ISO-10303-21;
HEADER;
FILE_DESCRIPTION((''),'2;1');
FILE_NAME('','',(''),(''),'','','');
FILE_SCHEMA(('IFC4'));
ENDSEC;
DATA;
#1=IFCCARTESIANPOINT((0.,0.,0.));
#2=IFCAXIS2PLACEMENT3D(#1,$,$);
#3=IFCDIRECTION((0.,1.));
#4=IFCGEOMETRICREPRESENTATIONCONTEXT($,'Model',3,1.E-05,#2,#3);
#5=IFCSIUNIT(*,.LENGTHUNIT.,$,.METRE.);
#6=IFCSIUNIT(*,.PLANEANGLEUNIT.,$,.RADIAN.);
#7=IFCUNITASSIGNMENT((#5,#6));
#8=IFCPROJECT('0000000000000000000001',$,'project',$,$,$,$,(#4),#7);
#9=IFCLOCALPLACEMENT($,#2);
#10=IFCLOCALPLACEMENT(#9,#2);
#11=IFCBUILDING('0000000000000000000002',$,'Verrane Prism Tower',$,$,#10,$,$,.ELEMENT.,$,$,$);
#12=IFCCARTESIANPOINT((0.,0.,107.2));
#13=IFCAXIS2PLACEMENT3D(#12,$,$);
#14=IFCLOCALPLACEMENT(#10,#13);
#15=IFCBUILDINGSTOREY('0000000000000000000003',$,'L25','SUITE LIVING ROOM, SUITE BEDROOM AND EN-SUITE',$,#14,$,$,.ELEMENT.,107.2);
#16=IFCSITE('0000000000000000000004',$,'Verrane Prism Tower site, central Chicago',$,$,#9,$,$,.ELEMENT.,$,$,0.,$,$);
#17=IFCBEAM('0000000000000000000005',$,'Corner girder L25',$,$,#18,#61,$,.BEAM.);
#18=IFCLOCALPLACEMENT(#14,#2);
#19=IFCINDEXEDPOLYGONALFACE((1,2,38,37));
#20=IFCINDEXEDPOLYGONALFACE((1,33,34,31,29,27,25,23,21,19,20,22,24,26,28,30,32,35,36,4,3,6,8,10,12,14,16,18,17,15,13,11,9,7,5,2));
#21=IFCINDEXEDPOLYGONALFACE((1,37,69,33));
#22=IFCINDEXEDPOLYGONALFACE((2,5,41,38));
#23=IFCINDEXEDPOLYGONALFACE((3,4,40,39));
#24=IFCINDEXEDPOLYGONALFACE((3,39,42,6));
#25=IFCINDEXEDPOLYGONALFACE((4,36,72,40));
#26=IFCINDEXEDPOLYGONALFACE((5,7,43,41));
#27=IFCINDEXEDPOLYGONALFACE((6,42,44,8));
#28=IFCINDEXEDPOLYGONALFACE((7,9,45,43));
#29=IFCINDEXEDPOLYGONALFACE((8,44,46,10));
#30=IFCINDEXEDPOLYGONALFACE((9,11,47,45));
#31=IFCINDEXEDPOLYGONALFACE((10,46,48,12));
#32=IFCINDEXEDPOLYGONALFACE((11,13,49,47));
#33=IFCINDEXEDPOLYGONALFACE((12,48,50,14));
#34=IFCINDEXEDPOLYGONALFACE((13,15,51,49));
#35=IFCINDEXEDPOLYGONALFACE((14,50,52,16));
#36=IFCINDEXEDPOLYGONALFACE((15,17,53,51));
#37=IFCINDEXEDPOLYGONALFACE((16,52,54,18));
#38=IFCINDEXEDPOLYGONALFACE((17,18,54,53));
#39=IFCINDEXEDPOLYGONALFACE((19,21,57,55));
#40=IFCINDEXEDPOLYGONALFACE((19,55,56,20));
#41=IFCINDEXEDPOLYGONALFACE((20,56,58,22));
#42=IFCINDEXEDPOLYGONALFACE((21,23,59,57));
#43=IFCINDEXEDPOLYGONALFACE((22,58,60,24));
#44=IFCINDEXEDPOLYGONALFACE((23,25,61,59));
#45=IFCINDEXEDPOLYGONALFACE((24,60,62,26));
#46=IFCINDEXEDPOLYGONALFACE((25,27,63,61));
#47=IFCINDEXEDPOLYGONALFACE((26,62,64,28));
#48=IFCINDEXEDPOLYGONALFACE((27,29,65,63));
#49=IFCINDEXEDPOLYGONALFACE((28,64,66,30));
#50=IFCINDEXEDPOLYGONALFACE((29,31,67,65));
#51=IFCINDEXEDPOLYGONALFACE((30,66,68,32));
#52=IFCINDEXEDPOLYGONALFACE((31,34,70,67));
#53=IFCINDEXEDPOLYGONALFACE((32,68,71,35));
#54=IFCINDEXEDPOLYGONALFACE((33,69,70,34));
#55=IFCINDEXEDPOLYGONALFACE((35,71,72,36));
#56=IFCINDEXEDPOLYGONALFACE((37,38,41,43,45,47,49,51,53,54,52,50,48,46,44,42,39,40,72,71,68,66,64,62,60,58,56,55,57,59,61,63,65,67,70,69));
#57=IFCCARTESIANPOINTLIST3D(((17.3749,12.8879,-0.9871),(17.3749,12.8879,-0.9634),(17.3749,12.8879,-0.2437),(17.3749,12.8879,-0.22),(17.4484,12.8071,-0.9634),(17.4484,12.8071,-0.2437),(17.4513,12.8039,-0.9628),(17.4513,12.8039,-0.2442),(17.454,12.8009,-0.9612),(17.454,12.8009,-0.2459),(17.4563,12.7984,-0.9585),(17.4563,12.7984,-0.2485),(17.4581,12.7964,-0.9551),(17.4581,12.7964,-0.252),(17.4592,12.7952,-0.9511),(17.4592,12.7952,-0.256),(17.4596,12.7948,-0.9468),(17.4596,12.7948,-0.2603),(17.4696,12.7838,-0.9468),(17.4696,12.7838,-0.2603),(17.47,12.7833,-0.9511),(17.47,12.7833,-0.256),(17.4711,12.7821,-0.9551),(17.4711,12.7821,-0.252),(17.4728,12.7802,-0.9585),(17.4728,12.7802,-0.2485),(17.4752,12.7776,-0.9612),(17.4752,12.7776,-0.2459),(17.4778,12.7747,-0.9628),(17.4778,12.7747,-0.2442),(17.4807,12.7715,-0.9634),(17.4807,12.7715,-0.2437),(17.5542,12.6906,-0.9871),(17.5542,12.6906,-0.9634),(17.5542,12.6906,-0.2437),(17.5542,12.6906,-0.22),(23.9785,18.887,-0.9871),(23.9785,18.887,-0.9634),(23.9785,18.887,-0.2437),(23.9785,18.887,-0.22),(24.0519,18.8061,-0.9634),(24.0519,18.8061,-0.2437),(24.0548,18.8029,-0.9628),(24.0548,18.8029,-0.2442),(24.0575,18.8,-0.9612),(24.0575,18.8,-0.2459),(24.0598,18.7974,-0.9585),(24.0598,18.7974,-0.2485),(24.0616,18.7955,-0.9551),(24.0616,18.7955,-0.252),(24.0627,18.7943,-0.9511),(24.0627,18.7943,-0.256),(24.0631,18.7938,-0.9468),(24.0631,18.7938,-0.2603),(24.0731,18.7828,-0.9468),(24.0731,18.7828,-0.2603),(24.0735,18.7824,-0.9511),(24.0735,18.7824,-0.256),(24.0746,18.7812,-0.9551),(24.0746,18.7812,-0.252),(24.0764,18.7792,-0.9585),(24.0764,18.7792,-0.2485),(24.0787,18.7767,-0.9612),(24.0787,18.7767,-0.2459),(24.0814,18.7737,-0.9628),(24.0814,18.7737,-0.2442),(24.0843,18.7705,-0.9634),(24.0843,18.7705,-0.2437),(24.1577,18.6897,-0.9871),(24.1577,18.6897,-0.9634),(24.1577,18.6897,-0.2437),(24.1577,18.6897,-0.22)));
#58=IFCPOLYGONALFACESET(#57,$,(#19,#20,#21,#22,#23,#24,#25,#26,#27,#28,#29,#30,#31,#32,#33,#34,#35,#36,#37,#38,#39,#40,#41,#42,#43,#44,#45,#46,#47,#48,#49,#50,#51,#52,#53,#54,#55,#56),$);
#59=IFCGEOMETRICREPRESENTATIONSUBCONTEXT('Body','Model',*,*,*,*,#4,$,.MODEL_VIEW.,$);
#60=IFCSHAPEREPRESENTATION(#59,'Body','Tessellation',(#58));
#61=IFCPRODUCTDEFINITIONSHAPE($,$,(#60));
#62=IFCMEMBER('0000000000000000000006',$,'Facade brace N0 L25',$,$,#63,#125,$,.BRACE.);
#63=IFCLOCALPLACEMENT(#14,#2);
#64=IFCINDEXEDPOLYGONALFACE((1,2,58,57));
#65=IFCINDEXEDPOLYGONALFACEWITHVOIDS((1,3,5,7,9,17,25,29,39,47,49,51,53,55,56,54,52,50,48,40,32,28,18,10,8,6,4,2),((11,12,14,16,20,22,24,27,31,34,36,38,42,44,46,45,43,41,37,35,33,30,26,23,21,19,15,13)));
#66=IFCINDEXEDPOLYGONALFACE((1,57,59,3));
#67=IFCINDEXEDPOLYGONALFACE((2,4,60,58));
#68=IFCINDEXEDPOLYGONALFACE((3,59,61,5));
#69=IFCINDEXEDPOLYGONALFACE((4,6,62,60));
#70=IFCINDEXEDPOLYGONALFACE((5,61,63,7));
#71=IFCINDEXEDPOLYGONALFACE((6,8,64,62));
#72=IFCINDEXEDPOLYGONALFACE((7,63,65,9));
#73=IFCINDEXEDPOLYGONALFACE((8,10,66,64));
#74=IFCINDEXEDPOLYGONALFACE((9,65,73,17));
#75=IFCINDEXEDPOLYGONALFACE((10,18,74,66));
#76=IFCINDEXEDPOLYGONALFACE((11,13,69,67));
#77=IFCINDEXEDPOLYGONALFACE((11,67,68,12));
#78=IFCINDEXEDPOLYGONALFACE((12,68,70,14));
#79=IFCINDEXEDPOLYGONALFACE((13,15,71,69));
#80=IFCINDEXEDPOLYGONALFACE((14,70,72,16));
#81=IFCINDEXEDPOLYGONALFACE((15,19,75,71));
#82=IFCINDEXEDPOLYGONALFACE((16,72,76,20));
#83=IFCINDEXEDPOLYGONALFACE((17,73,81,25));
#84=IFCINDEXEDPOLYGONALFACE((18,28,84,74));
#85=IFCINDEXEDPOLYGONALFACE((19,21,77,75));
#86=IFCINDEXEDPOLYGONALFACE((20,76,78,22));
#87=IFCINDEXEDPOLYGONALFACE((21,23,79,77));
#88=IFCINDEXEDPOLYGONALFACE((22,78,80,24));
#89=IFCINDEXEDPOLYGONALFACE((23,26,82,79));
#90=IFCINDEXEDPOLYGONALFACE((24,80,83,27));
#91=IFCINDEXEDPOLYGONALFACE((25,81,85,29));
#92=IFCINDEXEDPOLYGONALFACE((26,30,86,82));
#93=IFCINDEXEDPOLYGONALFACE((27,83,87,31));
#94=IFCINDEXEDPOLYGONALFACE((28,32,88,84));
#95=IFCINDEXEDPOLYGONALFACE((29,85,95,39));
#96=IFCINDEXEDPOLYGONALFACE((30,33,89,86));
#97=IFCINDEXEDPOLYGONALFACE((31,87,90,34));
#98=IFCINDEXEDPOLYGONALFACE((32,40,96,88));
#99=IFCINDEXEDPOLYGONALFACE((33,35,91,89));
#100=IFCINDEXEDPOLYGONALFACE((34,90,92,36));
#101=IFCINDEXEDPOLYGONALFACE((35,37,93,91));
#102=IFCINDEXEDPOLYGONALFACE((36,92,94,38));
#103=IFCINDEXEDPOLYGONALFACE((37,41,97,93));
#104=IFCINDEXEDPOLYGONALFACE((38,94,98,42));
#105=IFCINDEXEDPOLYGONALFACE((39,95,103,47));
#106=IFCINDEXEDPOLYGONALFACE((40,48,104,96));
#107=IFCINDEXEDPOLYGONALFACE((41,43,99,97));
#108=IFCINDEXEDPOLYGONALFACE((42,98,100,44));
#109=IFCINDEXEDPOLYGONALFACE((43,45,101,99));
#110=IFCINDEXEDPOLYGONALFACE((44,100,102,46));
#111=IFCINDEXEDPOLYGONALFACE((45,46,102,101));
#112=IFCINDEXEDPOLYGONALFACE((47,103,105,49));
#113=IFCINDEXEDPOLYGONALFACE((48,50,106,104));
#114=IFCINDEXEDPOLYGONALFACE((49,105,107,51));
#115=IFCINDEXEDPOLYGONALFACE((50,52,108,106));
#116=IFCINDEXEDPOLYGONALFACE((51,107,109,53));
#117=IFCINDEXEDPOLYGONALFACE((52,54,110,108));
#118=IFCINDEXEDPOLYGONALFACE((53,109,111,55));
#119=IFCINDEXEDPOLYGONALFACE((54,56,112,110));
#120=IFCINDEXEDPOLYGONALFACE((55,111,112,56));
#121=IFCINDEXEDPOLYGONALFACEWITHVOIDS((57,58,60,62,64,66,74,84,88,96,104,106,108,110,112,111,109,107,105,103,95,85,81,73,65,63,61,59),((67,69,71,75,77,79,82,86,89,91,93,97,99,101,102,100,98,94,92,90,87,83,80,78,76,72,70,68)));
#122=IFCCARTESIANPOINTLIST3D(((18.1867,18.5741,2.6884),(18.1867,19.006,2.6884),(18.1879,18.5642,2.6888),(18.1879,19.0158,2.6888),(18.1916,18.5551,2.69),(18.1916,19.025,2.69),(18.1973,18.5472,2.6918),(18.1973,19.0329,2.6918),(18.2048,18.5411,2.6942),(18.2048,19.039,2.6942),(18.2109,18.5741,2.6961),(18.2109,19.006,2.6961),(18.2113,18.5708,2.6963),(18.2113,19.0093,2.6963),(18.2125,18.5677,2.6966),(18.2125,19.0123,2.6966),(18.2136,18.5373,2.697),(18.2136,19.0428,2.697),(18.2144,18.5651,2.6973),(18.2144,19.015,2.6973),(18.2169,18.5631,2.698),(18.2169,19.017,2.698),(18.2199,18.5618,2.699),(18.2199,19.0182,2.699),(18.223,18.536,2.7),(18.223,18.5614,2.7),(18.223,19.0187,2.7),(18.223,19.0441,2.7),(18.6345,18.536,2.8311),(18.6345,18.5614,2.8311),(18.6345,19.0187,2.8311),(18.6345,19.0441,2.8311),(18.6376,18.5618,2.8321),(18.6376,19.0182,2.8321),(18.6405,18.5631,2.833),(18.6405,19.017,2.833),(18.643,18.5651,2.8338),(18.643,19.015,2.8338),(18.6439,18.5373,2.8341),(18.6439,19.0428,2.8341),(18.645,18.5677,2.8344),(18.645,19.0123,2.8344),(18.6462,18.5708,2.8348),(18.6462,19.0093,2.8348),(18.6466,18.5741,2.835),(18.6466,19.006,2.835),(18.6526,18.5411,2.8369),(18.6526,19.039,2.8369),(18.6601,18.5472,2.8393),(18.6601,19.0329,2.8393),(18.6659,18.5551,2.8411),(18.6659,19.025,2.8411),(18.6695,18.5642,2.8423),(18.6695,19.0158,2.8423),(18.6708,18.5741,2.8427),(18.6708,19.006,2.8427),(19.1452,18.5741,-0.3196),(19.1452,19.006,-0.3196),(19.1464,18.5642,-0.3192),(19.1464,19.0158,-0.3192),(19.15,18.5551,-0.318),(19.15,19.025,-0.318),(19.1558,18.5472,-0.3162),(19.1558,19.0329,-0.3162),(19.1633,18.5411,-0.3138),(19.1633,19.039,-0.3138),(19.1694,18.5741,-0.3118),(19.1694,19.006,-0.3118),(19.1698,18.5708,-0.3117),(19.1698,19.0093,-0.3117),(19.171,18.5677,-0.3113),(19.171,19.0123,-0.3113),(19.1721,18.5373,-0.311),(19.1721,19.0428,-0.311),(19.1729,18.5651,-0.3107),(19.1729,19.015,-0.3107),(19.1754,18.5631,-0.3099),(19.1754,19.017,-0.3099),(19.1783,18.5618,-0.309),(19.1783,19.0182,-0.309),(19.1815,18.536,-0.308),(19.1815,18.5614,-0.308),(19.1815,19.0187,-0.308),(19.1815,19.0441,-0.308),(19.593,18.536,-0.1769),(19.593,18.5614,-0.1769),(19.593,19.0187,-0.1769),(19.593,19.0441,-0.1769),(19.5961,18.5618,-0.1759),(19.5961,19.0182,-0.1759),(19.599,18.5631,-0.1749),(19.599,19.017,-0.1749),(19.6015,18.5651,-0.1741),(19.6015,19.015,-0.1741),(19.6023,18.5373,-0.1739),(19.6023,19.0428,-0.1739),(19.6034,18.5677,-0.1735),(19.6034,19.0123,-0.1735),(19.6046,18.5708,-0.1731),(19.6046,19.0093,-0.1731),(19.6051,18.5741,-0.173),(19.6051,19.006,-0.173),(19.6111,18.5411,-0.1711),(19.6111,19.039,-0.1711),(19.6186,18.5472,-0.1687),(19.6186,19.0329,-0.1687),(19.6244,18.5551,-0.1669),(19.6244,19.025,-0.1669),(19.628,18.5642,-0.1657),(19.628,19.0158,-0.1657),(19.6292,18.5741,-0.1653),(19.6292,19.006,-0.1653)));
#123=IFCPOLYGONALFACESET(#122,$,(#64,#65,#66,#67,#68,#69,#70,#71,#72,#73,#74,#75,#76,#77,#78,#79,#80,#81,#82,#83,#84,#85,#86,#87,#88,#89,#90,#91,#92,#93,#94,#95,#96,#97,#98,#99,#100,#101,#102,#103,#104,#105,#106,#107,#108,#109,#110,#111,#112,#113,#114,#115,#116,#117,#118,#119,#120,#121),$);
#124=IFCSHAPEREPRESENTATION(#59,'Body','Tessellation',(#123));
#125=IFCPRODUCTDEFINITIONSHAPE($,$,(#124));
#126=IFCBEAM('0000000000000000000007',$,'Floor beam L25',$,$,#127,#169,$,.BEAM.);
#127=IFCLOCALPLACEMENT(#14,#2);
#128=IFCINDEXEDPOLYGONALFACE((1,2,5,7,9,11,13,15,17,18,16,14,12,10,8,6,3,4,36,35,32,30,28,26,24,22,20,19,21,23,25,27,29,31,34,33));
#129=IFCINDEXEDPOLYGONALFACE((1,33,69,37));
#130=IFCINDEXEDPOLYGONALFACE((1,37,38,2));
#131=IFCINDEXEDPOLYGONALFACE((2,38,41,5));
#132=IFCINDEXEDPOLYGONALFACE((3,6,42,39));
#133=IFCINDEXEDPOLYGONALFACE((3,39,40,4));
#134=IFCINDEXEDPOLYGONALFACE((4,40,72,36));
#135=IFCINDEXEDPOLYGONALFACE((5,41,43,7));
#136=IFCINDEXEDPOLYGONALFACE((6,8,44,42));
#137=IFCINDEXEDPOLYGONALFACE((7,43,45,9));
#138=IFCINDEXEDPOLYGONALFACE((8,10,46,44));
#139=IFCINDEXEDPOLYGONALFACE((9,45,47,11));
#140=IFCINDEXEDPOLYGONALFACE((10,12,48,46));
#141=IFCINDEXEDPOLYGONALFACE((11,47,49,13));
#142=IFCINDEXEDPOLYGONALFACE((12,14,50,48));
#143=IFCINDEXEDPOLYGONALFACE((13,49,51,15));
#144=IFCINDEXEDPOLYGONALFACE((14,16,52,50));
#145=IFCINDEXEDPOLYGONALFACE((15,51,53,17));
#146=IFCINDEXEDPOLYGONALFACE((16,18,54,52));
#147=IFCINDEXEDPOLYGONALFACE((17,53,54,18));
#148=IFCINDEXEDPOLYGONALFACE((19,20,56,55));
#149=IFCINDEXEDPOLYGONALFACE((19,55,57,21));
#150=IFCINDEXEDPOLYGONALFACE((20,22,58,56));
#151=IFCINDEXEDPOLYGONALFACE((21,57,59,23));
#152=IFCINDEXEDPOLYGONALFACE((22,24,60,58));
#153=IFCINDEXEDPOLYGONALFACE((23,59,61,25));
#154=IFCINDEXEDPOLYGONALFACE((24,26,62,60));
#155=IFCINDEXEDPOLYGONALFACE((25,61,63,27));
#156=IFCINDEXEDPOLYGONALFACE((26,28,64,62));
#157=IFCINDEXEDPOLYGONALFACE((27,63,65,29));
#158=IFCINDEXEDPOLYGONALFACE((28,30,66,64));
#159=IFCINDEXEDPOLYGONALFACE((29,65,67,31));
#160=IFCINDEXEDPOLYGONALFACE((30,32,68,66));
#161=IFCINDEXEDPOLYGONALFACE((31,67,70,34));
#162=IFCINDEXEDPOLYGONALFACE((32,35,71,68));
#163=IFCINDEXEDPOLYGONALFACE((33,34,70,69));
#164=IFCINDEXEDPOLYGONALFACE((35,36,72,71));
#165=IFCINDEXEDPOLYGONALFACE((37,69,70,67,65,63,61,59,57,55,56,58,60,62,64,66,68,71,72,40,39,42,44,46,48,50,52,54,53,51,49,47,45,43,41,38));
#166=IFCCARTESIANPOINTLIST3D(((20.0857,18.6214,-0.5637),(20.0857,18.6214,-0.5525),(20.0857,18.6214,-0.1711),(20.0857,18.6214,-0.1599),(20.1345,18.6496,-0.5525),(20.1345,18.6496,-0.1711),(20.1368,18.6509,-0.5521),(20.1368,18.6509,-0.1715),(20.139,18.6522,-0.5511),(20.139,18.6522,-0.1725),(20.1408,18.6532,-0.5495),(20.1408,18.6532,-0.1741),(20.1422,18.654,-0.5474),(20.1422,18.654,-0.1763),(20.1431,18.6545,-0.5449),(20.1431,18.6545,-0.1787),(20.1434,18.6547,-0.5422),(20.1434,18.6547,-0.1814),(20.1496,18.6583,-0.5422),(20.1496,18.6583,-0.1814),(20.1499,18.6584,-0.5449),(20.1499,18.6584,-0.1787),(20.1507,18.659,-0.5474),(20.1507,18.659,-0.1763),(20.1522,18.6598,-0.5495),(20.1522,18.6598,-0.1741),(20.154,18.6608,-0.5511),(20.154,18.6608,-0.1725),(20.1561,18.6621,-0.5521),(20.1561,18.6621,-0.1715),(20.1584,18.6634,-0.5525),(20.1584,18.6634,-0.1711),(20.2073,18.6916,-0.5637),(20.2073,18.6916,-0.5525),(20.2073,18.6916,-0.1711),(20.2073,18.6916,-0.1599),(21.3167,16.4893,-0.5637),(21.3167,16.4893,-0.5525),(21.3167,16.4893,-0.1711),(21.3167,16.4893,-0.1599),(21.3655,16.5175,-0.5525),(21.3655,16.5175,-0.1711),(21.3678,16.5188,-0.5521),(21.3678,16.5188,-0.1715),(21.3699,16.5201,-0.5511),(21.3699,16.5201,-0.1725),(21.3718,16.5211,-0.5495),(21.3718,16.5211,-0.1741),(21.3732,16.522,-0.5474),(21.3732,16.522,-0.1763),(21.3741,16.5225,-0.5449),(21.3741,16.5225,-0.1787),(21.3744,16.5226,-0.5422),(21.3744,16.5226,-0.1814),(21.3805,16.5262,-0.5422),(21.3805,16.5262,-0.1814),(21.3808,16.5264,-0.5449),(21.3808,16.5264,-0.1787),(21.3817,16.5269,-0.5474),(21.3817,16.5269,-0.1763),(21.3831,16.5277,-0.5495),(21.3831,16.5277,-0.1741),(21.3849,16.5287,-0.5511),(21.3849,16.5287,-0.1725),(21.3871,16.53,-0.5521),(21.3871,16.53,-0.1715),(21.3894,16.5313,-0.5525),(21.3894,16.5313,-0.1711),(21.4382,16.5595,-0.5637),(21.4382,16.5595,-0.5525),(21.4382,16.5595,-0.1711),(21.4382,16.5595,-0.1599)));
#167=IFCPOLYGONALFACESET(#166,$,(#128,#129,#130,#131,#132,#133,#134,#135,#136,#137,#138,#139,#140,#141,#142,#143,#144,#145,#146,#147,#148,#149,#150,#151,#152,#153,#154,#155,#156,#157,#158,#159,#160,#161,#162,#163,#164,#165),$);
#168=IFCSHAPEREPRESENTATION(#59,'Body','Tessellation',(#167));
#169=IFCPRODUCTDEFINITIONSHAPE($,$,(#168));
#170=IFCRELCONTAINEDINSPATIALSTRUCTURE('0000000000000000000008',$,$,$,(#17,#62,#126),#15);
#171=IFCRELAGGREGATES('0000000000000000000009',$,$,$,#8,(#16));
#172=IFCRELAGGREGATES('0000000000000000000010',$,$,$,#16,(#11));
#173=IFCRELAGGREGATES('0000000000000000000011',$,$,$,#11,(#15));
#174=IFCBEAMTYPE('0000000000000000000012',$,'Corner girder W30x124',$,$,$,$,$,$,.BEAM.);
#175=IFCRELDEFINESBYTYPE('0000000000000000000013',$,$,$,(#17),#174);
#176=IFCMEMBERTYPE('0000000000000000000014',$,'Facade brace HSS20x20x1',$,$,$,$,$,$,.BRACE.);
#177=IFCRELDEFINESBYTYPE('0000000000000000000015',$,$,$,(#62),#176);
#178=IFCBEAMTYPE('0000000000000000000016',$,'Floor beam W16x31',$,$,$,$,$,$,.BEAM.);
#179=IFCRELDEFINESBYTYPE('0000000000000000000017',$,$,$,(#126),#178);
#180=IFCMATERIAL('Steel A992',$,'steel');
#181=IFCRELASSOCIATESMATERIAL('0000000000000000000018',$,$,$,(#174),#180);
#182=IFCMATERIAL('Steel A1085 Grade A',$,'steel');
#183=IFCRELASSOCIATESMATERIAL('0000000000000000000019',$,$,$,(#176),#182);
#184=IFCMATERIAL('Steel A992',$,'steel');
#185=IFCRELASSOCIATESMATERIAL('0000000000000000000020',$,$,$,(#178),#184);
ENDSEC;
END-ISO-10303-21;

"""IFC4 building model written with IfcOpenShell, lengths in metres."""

from ifc_helpers import new_model, si_unit, direction, frame, origin, origin_2d, place, context, subcontext, project, spatial, hollow_rectangle, i_section, extrude, material, material_profile, profile_set, type_object, element, save


model = new_model("IFC4")

# Units and contexts
model_context = context("Model", 3, precision=1e-05, world=origin(), true_north=direction((0.0, 1.0)))
body_context = subcontext(model_context, "Body", "Model", "MODEL_VIEW")
ifc_project = project(units=[si_unit("LENGTHUNIT", "METRE"), si_unit("PLANEANGLEUNIT", "RADIAN")], contexts=[model_context])

# Site, building, storey
site_placement = place(None, origin())
site = spatial("IfcSite", under=ifc_project, at=site_placement, Name="Verrane Prism Tower site, central Chicago", CompositionType="ELEMENT", RefElevation=0.0)
building_placement = place(site_placement, origin())
building = spatial("IfcBuilding", under=site, at=building_placement, Name="Verrane Prism Tower", CompositionType="ELEMENT")
storey_placement = place(building_placement, frame((0.0, 0.0, 107.2)))
storey = spatial("IfcBuildingStorey", under=building, at=storey_placement, Name="L25", Description="SUITE LIVING ROOM, SUITE BEDROOM AND EN-SUITE", CompositionType="ELEMENT", Elevation=107.2)

# Beam
ifc_material_1 = material(Name="Steel A992", Category="steel")
ifc_material_profile_1 = material_profile(ifc_material_1, i_section(OverallWidth=0.2666, OverallDepth=0.7671, WebThickness=0.0149, FlangeThickness=0.0237, FilletRadius=0.0166, at=origin_2d()), Name="W30x124")
ifc_profile_set_1 = profile_set([ifc_material_profile_1], Name="Steel A992")
beam_type_1 = type_object("IfcBeamType", Name="Corner girder W30x124", PredefinedType="BEAM", material=ifc_profile_set_1)
beam_1_placement = place(storey_placement, frame((24.0681, 18.7883, -0.6035), z_axis=(-0.740173, -0.672417, 0.0), x_axis=(0.672417, -0.740173, 0.0)))
element("IfcBeam", 1, at=beam_1_placement, inside=storey, type_object=beam_type_1, Name="Corner girder L25", PredefinedType="BEAM", context=body_context, shape_type="SweptSolid", body=[
    extrude(i_section(OverallWidth=0.2666, OverallDepth=0.7671, WebThickness=0.0149, FlangeThickness=0.0237, FilletRadius=0.0166, at=origin_2d()), origin(), (0.0, 0.0, 1.0), 8.9216),
])

# Member
ifc_material_2 = material(Name="Steel A1085 Grade A", Category="steel")
ifc_material_profile_2 = material_profile(ifc_material_2, hollow_rectangle(XDim=0.5081, YDim=0.5081, WallThickness=0.0254, InnerFilletRadius=0.0127, OuterFilletRadius=0.0381, at=origin_2d()), Name="HSS20x20x1")
ifc_profile_set_2 = profile_set([ifc_material_profile_2], Name="Steel A1085 Grade A")
member_type_1 = type_object("IfcMemberType", Name="Facade brace HSS20x20x1", PredefinedType="BRACE", material=ifc_profile_set_2)
member_1_placement = place(storey_placement, frame((19.3872, 18.79, -0.2424), z_axis=(-0.303603, 0.0, 0.952799), x_axis=(0.0, -1.0, 0.0)))
element("IfcMember", 2, at=member_1_placement, inside=storey, type_object=member_type_1, Name="Facade brace N0 L25", PredefinedType="BRACE", context=body_context, shape_type="SweptSolid", body=[
    extrude(hollow_rectangle(XDim=0.5081, YDim=0.5081, WallThickness=0.0254, InnerFilletRadius=0.0127, OuterFilletRadius=0.0381, at=origin_2d()), origin(), (0.0, 0.0, 1.0), 3.157),
])

# Beam
ifc_material_3 = material(Name="Steel A992", Category="steel")
ifc_material_profile_3 = material_profile(ifc_material_3, i_section(OverallWidth=0.1404, OverallDepth=0.4038, WebThickness=0.0071, FlangeThickness=0.0112, FilletRadius=0.0103, at=origin_2d()), Name="W16x31")
ifc_profile_set_3 = profile_set([ifc_material_profile_3], Name="Steel A992")
beam_type_2 = type_object("IfcBeamType", Name="Floor beam W16x31", PredefinedType="BEAM", material=ifc_profile_set_3)
beam_2_placement = place(storey_placement, frame((21.3774, 16.5244, -0.3618), z_axis=(-0.5, 0.866025, 0.0), x_axis=(-0.866025, -0.5, 0.0)))
element("IfcBeam", 3, at=beam_2_placement, inside=storey, type_object=beam_type_2, Name="Floor beam L25", PredefinedType="BEAM", context=body_context, shape_type="SweptSolid", body=[
    extrude(i_section(OverallWidth=0.1404, OverallDepth=0.4038, WebThickness=0.0071, FlangeThickness=0.0112, FilletRadius=0.0103, at=origin_2d()), origin(), (0.0, 0.0, 1.0), 2.4619),
])

save(model, "model.ifc")
